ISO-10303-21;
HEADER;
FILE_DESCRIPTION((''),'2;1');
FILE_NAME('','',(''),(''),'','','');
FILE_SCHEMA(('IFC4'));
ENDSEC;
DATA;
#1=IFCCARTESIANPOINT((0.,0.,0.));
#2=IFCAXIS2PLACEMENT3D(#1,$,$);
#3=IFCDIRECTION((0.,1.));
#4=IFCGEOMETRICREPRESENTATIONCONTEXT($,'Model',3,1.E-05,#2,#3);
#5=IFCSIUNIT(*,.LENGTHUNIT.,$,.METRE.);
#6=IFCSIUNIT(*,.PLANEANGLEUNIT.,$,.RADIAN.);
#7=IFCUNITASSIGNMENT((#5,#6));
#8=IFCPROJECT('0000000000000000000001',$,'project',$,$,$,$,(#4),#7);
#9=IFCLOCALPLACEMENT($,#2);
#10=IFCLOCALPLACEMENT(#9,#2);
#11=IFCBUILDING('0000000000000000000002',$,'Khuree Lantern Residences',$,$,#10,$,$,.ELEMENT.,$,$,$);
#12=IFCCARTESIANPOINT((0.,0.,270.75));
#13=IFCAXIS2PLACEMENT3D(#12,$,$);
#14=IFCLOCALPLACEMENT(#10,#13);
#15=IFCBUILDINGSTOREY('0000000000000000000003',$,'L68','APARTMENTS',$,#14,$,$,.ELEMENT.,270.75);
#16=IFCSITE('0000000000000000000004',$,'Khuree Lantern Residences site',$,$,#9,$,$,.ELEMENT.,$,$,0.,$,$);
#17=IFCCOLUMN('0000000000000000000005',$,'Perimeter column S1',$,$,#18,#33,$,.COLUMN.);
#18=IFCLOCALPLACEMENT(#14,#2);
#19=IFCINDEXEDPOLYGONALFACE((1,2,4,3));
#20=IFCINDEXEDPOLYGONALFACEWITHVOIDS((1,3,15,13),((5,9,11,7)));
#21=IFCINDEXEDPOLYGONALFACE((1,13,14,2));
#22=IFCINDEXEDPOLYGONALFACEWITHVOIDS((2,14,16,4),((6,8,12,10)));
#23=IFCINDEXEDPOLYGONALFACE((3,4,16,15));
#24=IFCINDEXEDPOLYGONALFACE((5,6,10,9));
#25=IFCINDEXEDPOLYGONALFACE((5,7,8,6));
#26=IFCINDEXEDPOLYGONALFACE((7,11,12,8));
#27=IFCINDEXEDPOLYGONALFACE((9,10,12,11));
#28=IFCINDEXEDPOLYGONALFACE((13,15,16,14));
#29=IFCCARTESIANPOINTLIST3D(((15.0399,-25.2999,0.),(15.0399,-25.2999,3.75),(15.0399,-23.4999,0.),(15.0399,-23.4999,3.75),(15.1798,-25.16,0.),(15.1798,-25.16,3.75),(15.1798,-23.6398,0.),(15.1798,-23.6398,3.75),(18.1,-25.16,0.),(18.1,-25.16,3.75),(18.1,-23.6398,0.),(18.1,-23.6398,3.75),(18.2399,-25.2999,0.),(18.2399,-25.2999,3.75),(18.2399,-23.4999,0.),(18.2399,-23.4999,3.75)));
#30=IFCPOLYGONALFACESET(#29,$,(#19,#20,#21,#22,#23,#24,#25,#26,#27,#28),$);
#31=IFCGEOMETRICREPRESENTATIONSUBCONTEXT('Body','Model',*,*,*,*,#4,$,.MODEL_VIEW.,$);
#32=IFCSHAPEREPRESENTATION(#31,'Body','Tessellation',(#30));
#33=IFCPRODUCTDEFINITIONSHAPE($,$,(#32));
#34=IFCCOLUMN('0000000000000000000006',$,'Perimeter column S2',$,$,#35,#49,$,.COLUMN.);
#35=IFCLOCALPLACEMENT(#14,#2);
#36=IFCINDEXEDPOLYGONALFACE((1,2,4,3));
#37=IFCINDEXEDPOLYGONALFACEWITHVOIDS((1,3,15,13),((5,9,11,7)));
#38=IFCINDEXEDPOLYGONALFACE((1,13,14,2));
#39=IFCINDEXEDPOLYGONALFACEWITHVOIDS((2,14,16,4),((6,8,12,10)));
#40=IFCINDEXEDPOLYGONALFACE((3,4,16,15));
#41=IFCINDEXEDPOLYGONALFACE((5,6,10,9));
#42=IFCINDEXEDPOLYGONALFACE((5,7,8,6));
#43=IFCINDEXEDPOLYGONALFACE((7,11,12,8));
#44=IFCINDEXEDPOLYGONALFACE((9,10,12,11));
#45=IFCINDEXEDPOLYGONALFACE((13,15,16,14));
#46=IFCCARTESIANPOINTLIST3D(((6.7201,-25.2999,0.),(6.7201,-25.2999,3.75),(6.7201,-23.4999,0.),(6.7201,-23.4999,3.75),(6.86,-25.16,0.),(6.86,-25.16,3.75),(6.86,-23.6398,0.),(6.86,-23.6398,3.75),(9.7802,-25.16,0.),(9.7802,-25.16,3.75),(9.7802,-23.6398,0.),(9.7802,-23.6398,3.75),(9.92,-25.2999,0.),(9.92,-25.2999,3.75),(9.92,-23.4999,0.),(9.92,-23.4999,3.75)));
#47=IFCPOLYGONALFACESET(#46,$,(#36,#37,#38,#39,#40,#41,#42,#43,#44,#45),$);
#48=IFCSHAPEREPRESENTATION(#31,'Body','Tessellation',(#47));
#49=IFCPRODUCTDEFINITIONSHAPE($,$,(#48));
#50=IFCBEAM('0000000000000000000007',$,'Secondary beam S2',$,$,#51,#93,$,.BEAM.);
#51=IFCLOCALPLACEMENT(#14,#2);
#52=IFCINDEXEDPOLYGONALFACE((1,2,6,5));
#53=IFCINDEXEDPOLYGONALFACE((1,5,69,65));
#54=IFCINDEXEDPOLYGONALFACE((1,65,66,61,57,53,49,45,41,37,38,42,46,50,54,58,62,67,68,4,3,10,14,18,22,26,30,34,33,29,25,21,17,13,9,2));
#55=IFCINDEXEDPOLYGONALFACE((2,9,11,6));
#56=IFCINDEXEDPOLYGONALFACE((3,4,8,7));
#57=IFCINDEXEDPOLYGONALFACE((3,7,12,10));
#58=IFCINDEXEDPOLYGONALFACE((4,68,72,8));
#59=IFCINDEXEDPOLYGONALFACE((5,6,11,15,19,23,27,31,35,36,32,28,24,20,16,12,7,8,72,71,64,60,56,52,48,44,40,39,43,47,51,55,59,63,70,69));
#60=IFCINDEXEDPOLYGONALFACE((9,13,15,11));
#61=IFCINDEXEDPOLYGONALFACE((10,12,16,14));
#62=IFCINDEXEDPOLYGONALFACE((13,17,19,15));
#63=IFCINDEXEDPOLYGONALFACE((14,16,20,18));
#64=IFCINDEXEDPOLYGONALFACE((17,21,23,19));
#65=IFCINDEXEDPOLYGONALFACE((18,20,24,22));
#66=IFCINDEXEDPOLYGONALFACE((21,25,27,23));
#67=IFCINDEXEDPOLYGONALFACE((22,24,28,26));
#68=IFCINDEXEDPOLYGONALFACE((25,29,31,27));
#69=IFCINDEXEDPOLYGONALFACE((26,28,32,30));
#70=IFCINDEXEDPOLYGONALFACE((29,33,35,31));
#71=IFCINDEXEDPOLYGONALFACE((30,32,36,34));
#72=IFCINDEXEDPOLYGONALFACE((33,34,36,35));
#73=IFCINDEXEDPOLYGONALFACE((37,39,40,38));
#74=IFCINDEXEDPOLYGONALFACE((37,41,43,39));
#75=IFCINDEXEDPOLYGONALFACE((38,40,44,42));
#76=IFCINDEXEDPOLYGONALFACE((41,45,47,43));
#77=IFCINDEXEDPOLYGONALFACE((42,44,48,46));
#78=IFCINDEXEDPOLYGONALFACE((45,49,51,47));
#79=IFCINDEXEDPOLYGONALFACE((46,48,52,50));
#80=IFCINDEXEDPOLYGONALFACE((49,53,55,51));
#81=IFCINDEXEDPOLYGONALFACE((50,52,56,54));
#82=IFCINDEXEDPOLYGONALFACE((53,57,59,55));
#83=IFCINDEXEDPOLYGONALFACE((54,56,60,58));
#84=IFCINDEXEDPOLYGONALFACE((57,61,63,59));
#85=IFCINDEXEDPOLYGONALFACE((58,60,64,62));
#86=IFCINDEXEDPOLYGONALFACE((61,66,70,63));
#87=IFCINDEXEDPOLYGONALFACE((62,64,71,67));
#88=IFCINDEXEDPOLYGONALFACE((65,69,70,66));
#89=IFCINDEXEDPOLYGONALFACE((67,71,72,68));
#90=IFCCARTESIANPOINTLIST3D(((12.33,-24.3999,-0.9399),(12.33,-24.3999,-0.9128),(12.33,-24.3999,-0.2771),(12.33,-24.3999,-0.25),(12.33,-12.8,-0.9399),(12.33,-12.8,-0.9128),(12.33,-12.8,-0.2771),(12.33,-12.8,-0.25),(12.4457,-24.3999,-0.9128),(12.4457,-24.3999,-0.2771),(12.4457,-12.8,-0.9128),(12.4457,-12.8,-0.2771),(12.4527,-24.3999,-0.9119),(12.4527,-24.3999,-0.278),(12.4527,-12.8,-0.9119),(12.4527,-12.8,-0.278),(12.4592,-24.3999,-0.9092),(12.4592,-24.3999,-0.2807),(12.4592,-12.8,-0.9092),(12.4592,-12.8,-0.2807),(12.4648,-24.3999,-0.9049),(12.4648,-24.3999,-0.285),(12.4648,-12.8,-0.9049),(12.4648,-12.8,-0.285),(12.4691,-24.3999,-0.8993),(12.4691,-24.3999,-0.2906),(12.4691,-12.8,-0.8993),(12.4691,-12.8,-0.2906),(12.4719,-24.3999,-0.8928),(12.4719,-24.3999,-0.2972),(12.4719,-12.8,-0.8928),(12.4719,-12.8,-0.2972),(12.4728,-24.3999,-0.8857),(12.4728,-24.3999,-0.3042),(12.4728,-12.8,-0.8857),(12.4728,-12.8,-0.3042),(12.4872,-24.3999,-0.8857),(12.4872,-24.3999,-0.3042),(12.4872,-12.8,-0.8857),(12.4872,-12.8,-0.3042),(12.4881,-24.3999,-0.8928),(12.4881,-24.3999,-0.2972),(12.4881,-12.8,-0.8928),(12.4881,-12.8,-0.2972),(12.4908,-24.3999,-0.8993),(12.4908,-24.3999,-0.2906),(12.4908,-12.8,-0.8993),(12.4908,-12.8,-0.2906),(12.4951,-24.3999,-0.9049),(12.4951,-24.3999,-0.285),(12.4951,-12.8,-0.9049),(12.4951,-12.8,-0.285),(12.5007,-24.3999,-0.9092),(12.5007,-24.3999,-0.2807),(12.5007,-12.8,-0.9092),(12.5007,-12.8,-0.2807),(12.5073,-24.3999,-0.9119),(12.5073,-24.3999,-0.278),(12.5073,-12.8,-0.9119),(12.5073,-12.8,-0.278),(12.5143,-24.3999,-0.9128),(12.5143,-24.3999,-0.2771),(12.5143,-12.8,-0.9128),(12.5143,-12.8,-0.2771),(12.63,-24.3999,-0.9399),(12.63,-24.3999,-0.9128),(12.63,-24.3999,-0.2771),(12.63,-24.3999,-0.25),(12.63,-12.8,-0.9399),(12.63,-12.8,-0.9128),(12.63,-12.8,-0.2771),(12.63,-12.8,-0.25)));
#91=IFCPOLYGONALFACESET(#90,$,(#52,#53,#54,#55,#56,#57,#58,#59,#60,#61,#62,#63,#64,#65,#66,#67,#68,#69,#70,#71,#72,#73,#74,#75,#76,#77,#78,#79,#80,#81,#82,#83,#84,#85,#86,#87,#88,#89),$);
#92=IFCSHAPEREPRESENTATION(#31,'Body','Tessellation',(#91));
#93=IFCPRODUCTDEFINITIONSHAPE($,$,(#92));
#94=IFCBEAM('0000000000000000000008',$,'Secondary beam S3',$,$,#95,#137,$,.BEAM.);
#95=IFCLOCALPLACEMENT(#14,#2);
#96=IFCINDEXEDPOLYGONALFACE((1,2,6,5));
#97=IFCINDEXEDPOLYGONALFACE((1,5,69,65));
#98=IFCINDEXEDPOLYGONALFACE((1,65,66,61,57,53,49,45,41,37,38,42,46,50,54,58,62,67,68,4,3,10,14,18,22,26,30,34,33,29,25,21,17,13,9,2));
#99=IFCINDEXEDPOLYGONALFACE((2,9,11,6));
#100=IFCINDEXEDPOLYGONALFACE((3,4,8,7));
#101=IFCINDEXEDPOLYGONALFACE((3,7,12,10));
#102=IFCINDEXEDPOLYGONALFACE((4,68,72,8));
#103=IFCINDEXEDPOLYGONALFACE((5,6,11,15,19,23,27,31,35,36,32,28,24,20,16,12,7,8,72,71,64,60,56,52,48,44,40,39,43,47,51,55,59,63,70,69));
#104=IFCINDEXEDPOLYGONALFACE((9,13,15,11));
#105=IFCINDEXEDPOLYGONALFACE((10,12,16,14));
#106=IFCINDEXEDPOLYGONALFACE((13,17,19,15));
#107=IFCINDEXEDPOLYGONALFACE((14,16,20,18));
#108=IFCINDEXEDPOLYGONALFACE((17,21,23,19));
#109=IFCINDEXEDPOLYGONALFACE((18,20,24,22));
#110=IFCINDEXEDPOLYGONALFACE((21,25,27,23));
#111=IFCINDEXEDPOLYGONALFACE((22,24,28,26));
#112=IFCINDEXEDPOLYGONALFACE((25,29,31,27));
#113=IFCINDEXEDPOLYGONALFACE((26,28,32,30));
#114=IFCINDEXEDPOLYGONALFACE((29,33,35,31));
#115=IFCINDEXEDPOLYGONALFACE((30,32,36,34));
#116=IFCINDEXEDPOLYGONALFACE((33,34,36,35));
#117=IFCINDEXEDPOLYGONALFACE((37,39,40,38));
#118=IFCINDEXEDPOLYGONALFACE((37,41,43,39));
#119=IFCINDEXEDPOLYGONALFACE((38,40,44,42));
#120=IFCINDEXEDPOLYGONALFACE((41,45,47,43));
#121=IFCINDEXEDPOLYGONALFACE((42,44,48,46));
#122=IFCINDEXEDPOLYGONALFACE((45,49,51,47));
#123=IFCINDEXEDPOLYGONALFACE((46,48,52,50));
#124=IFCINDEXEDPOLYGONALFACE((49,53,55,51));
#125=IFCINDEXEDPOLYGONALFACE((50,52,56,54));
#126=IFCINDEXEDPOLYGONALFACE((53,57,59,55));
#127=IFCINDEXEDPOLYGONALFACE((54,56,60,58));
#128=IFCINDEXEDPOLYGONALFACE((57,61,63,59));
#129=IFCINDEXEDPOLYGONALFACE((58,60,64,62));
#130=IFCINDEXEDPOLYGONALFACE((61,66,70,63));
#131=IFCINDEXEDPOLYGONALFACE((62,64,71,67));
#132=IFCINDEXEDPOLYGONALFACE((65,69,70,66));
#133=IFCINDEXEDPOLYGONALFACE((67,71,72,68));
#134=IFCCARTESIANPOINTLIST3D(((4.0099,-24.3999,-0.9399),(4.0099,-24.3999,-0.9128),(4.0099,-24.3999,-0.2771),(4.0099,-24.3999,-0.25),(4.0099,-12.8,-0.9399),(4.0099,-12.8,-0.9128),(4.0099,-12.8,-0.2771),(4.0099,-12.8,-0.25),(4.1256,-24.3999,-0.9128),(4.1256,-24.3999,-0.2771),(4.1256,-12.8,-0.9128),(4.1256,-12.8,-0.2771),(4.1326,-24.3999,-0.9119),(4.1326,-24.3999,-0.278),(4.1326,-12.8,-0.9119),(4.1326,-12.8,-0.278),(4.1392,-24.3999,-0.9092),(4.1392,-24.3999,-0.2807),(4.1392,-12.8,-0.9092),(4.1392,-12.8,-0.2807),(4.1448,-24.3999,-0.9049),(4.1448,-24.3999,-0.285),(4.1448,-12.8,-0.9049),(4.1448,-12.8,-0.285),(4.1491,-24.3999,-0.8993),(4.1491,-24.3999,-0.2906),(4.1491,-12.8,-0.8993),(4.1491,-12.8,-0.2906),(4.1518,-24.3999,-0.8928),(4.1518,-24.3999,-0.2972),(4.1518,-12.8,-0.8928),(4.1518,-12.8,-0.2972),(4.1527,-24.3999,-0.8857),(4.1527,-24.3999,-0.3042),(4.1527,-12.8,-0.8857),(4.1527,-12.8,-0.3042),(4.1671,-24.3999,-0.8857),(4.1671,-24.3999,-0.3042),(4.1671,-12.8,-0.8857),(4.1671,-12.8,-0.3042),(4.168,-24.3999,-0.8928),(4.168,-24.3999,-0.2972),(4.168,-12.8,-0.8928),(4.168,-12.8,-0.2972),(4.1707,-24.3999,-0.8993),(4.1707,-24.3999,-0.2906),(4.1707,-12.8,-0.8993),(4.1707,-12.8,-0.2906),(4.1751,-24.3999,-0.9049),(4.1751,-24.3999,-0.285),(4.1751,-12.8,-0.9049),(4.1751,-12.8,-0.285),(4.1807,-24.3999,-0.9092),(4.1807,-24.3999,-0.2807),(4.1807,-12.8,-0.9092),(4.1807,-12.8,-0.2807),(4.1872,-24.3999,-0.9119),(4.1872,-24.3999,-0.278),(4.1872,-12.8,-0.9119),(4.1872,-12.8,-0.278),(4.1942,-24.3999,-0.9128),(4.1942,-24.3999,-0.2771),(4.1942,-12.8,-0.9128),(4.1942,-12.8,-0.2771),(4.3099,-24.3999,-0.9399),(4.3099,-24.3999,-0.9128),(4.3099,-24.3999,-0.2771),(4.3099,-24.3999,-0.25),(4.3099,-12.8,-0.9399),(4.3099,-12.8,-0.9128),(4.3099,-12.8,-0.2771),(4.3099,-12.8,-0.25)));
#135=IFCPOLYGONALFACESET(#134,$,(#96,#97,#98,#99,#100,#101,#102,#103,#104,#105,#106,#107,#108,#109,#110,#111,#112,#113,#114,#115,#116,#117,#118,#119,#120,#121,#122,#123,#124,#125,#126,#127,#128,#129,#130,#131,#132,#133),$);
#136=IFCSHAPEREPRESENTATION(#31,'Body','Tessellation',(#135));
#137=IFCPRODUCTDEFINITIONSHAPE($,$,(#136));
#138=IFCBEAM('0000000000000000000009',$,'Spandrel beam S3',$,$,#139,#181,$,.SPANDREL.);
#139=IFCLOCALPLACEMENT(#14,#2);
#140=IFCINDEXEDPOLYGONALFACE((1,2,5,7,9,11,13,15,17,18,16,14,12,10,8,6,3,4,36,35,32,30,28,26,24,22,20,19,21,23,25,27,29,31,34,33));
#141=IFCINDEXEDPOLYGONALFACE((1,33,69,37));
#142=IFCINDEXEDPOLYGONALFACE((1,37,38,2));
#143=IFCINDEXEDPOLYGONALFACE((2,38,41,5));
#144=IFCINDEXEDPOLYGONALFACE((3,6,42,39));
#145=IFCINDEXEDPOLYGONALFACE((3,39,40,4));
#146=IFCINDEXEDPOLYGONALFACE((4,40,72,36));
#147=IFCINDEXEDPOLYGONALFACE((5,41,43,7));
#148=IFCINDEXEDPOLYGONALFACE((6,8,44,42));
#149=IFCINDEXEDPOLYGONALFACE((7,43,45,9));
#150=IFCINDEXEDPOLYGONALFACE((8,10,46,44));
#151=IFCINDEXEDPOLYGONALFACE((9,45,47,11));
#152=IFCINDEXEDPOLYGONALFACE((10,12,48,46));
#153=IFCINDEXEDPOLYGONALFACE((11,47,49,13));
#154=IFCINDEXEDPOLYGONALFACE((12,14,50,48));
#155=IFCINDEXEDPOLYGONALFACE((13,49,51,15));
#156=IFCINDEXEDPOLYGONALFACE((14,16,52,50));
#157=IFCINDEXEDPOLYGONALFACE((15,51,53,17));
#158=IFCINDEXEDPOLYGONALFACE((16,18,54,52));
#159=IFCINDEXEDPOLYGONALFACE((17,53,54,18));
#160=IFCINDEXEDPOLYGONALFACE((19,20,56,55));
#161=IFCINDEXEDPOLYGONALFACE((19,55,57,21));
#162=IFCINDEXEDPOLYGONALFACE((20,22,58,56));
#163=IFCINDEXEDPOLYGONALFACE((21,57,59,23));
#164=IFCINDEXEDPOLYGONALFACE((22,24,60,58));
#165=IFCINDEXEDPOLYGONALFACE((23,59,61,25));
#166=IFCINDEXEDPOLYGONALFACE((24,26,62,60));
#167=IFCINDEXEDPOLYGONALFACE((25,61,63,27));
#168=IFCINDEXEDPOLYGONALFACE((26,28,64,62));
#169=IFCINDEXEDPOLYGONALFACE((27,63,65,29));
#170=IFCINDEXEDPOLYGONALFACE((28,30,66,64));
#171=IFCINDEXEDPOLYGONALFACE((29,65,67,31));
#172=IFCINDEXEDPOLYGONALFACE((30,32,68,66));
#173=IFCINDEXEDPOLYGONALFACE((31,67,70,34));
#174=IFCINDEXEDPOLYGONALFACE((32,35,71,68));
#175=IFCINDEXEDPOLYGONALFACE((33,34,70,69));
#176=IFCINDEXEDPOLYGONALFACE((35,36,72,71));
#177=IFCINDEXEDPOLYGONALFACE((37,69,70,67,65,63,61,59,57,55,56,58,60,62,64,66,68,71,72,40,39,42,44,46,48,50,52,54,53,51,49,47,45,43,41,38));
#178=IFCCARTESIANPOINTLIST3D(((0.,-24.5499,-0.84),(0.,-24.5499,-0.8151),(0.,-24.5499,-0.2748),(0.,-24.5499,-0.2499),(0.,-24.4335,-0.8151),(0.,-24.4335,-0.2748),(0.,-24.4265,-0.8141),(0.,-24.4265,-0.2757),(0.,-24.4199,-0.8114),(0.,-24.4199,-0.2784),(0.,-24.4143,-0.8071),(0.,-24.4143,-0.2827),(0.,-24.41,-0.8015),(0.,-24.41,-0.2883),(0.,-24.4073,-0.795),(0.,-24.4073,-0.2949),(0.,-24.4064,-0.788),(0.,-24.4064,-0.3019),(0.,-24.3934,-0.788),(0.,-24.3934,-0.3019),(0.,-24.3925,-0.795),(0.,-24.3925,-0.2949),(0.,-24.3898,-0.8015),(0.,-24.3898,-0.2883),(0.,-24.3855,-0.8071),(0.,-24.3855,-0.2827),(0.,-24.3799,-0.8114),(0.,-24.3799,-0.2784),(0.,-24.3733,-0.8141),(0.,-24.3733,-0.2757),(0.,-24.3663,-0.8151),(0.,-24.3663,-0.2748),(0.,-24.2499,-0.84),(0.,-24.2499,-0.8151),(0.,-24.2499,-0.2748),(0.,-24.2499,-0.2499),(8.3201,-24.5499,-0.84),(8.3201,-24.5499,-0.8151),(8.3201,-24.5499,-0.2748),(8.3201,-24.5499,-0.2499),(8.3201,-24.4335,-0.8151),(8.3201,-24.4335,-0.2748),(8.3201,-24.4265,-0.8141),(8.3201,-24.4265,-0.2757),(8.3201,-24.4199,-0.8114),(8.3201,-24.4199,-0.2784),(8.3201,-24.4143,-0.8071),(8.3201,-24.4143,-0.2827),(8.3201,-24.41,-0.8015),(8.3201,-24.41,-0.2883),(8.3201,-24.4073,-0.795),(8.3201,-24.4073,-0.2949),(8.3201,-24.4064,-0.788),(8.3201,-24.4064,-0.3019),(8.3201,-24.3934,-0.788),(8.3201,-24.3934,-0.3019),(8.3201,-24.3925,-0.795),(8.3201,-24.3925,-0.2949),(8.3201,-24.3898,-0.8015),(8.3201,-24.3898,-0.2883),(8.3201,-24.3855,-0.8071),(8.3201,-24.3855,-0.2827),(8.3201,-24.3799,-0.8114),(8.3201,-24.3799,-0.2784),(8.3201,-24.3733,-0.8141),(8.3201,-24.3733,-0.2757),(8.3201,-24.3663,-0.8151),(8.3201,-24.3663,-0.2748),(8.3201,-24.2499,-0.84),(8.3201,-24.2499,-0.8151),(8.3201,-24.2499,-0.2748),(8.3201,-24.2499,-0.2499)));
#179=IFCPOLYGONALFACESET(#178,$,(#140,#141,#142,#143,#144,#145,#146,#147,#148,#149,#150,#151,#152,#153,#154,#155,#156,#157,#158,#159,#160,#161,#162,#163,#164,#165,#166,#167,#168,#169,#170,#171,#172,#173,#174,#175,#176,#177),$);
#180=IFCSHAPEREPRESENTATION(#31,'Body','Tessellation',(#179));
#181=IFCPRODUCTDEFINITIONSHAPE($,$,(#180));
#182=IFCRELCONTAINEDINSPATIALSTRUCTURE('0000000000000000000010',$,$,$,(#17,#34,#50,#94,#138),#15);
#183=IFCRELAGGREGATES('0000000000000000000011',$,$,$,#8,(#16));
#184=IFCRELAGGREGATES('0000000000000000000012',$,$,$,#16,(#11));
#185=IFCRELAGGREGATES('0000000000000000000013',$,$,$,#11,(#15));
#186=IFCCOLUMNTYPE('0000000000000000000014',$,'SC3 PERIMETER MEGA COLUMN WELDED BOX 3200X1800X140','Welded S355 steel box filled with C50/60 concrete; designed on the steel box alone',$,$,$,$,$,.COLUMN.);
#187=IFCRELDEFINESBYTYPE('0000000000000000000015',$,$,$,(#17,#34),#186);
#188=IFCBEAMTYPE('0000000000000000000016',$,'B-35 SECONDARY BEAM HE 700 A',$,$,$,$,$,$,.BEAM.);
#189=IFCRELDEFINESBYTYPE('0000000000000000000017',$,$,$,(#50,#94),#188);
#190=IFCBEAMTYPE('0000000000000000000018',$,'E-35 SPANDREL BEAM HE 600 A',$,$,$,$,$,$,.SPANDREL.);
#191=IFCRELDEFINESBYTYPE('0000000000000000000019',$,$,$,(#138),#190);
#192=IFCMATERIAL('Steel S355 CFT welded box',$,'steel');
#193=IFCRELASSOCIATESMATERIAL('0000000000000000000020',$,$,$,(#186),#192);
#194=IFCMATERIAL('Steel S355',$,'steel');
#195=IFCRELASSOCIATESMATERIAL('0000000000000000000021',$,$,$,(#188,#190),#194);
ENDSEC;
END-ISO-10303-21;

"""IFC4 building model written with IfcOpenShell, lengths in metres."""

from ifc_helpers import new_model, si_unit, direction, frame, origin, origin_2d, place, context, subcontext, project, spatial, hollow_rectangle, i_section, extrude, material, material_profile, profile_set, type_object, element, save


model = new_model("IFC4")

# Units and contexts
model_context = context("Model", 3, precision=1e-05, world=origin(), true_north=direction((0.0, 1.0)))
body_context = subcontext(model_context, "Body", "Model", "MODEL_VIEW")
ifc_project = project(units=[si_unit("LENGTHUNIT", "METRE"), si_unit("PLANEANGLEUNIT", "RADIAN")], contexts=[model_context])

# Site, building, storey
site_placement = place(None, origin())
site = spatial("IfcSite", under=ifc_project, at=site_placement, Name="Khuree Lantern Residences site", CompositionType="ELEMENT", RefElevation=0.0)
building_placement = place(site_placement, origin())
building = spatial("IfcBuilding", under=site, at=building_placement, Name="Khuree Lantern Residences", CompositionType="ELEMENT")
storey_placement = place(building_placement, frame((0.0, 0.0, 270.75)))
storey = spatial("IfcBuildingStorey", under=building, at=storey_placement, Name="L68", Description="APARTMENTS", CompositionType="ELEMENT", Elevation=270.75)

# Columns
ifc_material_1 = material(Name="Steel S355 CFT welded box", Category="steel")
ifc_material_profile_1 = material_profile(ifc_material_1, hollow_rectangle(XDim=3.2, YDim=1.8, WallThickness=0.1399, at=origin_2d()), Name="WELDED BOX 3200X1800X140")
ifc_profile_set_1 = profile_set([ifc_material_profile_1], Name="Steel S355 CFT welded box")
column_type = type_object("IfcColumnType", Name="SC3 PERIMETER MEGA COLUMN WELDED BOX 3200X1800X140", Description="Welded S355 steel box filled with C50/60 concrete; designed on the steel box alone", PredefinedType="COLUMN", material=ifc_profile_set_1)
for number, where, z_axis, x_axis, name in (
    (1, (16.6399, -24.3999, 0.0), (0.0, 0.0, 1.0), (1.0, 0.0, 0.0), "Perimeter column S1"),
    (2, (8.3201, -24.3999, 0.0), (0.0, 0.0, 1.0), (1.0, 0.0, 0.0), "Perimeter column S2"),
):
    element("IfcColumn", number, at=place(storey_placement, frame(where, z_axis=z_axis, x_axis=x_axis)), inside=storey, type_object=column_type, Name=name, PredefinedType="COLUMN", context=body_context, shape_type="SweptSolid", body=[
        extrude(hollow_rectangle(XDim=3.2, YDim=1.8, WallThickness=0.1399, at=origin_2d()), origin(), (0.0, 0.0, 1.0), 3.75),
    ])

# Beams
ifc_material_2 = material(Name="Steel S355", Category="steel")
ifc_material_profile_2 = material_profile(ifc_material_2, i_section(OverallWidth=0.3, OverallDepth=0.6899, WebThickness=0.0144, FlangeThickness=0.0271, FilletRadius=0.0271, at=origin_2d()), Name="HE 700 A")
ifc_profile_set_2 = profile_set([ifc_material_profile_2], Name="Steel S355")
beam_type_1 = type_object("IfcBeamType", Name="B-35 SECONDARY BEAM HE 700 A", PredefinedType="BEAM", material=ifc_profile_set_2)
for number, where, z_axis, x_axis, name in (
    (3, (12.48, -24.3999, -0.595), (0.0, 1.0, 0.0), (-1.0, 0.0, 0.0), "Secondary beam S2"),
    (4, (4.1599, -24.3999, -0.595), (0.0, 1.0, 0.0), (-1.0, 0.0, 0.0), "Secondary beam S3"),
):
    element("IfcBeam", number, at=place(storey_placement, frame(where, z_axis=z_axis, x_axis=x_axis)), inside=storey, type_object=beam_type_1, Name=name, PredefinedType="BEAM", context=body_context, shape_type="SweptSolid", body=[
        extrude(i_section(OverallWidth=0.3, OverallDepth=0.6899, WebThickness=0.0144, FlangeThickness=0.0271, FilletRadius=0.0271, at=origin_2d()), origin(), (0.0, 0.0, 1.0), 11.5999),
    ])
ifc_material_profile_3 = material_profile(ifc_material_2, i_section(OverallWidth=0.3, OverallDepth=0.5901, WebThickness=0.0129, FlangeThickness=0.0249, FilletRadius=0.0271, at=origin_2d()), Name="HE 600 A")
ifc_profile_set_3 = profile_set([ifc_material_profile_3], Name="Steel S355")
beam_type_2 = type_object("IfcBeamType", Name="E-35 SPANDREL BEAM HE 600 A", PredefinedType="SPANDREL", material=ifc_profile_set_3)
for number, where, z_axis, x_axis, name in (
    (5, (8.3201, -24.3999, -0.5449), (-1.0, 0.0, 0.0), (0.0, -1.0, 0.0), "Spandrel beam S3"),
):
    element("IfcBeam", number, at=place(storey_placement, frame(where, z_axis=z_axis, x_axis=x_axis)), inside=storey, type_object=beam_type_2, Name=name, PredefinedType="SPANDREL", context=body_context, shape_type="SweptSolid", body=[
        extrude(i_section(OverallWidth=0.3, OverallDepth=0.5901, WebThickness=0.0129, FlangeThickness=0.0249, FilletRadius=0.0271, at=origin_2d()), origin(), (0.0, 0.0, 1.0), 8.3201),
    ])

save(model, "model.ifc")
